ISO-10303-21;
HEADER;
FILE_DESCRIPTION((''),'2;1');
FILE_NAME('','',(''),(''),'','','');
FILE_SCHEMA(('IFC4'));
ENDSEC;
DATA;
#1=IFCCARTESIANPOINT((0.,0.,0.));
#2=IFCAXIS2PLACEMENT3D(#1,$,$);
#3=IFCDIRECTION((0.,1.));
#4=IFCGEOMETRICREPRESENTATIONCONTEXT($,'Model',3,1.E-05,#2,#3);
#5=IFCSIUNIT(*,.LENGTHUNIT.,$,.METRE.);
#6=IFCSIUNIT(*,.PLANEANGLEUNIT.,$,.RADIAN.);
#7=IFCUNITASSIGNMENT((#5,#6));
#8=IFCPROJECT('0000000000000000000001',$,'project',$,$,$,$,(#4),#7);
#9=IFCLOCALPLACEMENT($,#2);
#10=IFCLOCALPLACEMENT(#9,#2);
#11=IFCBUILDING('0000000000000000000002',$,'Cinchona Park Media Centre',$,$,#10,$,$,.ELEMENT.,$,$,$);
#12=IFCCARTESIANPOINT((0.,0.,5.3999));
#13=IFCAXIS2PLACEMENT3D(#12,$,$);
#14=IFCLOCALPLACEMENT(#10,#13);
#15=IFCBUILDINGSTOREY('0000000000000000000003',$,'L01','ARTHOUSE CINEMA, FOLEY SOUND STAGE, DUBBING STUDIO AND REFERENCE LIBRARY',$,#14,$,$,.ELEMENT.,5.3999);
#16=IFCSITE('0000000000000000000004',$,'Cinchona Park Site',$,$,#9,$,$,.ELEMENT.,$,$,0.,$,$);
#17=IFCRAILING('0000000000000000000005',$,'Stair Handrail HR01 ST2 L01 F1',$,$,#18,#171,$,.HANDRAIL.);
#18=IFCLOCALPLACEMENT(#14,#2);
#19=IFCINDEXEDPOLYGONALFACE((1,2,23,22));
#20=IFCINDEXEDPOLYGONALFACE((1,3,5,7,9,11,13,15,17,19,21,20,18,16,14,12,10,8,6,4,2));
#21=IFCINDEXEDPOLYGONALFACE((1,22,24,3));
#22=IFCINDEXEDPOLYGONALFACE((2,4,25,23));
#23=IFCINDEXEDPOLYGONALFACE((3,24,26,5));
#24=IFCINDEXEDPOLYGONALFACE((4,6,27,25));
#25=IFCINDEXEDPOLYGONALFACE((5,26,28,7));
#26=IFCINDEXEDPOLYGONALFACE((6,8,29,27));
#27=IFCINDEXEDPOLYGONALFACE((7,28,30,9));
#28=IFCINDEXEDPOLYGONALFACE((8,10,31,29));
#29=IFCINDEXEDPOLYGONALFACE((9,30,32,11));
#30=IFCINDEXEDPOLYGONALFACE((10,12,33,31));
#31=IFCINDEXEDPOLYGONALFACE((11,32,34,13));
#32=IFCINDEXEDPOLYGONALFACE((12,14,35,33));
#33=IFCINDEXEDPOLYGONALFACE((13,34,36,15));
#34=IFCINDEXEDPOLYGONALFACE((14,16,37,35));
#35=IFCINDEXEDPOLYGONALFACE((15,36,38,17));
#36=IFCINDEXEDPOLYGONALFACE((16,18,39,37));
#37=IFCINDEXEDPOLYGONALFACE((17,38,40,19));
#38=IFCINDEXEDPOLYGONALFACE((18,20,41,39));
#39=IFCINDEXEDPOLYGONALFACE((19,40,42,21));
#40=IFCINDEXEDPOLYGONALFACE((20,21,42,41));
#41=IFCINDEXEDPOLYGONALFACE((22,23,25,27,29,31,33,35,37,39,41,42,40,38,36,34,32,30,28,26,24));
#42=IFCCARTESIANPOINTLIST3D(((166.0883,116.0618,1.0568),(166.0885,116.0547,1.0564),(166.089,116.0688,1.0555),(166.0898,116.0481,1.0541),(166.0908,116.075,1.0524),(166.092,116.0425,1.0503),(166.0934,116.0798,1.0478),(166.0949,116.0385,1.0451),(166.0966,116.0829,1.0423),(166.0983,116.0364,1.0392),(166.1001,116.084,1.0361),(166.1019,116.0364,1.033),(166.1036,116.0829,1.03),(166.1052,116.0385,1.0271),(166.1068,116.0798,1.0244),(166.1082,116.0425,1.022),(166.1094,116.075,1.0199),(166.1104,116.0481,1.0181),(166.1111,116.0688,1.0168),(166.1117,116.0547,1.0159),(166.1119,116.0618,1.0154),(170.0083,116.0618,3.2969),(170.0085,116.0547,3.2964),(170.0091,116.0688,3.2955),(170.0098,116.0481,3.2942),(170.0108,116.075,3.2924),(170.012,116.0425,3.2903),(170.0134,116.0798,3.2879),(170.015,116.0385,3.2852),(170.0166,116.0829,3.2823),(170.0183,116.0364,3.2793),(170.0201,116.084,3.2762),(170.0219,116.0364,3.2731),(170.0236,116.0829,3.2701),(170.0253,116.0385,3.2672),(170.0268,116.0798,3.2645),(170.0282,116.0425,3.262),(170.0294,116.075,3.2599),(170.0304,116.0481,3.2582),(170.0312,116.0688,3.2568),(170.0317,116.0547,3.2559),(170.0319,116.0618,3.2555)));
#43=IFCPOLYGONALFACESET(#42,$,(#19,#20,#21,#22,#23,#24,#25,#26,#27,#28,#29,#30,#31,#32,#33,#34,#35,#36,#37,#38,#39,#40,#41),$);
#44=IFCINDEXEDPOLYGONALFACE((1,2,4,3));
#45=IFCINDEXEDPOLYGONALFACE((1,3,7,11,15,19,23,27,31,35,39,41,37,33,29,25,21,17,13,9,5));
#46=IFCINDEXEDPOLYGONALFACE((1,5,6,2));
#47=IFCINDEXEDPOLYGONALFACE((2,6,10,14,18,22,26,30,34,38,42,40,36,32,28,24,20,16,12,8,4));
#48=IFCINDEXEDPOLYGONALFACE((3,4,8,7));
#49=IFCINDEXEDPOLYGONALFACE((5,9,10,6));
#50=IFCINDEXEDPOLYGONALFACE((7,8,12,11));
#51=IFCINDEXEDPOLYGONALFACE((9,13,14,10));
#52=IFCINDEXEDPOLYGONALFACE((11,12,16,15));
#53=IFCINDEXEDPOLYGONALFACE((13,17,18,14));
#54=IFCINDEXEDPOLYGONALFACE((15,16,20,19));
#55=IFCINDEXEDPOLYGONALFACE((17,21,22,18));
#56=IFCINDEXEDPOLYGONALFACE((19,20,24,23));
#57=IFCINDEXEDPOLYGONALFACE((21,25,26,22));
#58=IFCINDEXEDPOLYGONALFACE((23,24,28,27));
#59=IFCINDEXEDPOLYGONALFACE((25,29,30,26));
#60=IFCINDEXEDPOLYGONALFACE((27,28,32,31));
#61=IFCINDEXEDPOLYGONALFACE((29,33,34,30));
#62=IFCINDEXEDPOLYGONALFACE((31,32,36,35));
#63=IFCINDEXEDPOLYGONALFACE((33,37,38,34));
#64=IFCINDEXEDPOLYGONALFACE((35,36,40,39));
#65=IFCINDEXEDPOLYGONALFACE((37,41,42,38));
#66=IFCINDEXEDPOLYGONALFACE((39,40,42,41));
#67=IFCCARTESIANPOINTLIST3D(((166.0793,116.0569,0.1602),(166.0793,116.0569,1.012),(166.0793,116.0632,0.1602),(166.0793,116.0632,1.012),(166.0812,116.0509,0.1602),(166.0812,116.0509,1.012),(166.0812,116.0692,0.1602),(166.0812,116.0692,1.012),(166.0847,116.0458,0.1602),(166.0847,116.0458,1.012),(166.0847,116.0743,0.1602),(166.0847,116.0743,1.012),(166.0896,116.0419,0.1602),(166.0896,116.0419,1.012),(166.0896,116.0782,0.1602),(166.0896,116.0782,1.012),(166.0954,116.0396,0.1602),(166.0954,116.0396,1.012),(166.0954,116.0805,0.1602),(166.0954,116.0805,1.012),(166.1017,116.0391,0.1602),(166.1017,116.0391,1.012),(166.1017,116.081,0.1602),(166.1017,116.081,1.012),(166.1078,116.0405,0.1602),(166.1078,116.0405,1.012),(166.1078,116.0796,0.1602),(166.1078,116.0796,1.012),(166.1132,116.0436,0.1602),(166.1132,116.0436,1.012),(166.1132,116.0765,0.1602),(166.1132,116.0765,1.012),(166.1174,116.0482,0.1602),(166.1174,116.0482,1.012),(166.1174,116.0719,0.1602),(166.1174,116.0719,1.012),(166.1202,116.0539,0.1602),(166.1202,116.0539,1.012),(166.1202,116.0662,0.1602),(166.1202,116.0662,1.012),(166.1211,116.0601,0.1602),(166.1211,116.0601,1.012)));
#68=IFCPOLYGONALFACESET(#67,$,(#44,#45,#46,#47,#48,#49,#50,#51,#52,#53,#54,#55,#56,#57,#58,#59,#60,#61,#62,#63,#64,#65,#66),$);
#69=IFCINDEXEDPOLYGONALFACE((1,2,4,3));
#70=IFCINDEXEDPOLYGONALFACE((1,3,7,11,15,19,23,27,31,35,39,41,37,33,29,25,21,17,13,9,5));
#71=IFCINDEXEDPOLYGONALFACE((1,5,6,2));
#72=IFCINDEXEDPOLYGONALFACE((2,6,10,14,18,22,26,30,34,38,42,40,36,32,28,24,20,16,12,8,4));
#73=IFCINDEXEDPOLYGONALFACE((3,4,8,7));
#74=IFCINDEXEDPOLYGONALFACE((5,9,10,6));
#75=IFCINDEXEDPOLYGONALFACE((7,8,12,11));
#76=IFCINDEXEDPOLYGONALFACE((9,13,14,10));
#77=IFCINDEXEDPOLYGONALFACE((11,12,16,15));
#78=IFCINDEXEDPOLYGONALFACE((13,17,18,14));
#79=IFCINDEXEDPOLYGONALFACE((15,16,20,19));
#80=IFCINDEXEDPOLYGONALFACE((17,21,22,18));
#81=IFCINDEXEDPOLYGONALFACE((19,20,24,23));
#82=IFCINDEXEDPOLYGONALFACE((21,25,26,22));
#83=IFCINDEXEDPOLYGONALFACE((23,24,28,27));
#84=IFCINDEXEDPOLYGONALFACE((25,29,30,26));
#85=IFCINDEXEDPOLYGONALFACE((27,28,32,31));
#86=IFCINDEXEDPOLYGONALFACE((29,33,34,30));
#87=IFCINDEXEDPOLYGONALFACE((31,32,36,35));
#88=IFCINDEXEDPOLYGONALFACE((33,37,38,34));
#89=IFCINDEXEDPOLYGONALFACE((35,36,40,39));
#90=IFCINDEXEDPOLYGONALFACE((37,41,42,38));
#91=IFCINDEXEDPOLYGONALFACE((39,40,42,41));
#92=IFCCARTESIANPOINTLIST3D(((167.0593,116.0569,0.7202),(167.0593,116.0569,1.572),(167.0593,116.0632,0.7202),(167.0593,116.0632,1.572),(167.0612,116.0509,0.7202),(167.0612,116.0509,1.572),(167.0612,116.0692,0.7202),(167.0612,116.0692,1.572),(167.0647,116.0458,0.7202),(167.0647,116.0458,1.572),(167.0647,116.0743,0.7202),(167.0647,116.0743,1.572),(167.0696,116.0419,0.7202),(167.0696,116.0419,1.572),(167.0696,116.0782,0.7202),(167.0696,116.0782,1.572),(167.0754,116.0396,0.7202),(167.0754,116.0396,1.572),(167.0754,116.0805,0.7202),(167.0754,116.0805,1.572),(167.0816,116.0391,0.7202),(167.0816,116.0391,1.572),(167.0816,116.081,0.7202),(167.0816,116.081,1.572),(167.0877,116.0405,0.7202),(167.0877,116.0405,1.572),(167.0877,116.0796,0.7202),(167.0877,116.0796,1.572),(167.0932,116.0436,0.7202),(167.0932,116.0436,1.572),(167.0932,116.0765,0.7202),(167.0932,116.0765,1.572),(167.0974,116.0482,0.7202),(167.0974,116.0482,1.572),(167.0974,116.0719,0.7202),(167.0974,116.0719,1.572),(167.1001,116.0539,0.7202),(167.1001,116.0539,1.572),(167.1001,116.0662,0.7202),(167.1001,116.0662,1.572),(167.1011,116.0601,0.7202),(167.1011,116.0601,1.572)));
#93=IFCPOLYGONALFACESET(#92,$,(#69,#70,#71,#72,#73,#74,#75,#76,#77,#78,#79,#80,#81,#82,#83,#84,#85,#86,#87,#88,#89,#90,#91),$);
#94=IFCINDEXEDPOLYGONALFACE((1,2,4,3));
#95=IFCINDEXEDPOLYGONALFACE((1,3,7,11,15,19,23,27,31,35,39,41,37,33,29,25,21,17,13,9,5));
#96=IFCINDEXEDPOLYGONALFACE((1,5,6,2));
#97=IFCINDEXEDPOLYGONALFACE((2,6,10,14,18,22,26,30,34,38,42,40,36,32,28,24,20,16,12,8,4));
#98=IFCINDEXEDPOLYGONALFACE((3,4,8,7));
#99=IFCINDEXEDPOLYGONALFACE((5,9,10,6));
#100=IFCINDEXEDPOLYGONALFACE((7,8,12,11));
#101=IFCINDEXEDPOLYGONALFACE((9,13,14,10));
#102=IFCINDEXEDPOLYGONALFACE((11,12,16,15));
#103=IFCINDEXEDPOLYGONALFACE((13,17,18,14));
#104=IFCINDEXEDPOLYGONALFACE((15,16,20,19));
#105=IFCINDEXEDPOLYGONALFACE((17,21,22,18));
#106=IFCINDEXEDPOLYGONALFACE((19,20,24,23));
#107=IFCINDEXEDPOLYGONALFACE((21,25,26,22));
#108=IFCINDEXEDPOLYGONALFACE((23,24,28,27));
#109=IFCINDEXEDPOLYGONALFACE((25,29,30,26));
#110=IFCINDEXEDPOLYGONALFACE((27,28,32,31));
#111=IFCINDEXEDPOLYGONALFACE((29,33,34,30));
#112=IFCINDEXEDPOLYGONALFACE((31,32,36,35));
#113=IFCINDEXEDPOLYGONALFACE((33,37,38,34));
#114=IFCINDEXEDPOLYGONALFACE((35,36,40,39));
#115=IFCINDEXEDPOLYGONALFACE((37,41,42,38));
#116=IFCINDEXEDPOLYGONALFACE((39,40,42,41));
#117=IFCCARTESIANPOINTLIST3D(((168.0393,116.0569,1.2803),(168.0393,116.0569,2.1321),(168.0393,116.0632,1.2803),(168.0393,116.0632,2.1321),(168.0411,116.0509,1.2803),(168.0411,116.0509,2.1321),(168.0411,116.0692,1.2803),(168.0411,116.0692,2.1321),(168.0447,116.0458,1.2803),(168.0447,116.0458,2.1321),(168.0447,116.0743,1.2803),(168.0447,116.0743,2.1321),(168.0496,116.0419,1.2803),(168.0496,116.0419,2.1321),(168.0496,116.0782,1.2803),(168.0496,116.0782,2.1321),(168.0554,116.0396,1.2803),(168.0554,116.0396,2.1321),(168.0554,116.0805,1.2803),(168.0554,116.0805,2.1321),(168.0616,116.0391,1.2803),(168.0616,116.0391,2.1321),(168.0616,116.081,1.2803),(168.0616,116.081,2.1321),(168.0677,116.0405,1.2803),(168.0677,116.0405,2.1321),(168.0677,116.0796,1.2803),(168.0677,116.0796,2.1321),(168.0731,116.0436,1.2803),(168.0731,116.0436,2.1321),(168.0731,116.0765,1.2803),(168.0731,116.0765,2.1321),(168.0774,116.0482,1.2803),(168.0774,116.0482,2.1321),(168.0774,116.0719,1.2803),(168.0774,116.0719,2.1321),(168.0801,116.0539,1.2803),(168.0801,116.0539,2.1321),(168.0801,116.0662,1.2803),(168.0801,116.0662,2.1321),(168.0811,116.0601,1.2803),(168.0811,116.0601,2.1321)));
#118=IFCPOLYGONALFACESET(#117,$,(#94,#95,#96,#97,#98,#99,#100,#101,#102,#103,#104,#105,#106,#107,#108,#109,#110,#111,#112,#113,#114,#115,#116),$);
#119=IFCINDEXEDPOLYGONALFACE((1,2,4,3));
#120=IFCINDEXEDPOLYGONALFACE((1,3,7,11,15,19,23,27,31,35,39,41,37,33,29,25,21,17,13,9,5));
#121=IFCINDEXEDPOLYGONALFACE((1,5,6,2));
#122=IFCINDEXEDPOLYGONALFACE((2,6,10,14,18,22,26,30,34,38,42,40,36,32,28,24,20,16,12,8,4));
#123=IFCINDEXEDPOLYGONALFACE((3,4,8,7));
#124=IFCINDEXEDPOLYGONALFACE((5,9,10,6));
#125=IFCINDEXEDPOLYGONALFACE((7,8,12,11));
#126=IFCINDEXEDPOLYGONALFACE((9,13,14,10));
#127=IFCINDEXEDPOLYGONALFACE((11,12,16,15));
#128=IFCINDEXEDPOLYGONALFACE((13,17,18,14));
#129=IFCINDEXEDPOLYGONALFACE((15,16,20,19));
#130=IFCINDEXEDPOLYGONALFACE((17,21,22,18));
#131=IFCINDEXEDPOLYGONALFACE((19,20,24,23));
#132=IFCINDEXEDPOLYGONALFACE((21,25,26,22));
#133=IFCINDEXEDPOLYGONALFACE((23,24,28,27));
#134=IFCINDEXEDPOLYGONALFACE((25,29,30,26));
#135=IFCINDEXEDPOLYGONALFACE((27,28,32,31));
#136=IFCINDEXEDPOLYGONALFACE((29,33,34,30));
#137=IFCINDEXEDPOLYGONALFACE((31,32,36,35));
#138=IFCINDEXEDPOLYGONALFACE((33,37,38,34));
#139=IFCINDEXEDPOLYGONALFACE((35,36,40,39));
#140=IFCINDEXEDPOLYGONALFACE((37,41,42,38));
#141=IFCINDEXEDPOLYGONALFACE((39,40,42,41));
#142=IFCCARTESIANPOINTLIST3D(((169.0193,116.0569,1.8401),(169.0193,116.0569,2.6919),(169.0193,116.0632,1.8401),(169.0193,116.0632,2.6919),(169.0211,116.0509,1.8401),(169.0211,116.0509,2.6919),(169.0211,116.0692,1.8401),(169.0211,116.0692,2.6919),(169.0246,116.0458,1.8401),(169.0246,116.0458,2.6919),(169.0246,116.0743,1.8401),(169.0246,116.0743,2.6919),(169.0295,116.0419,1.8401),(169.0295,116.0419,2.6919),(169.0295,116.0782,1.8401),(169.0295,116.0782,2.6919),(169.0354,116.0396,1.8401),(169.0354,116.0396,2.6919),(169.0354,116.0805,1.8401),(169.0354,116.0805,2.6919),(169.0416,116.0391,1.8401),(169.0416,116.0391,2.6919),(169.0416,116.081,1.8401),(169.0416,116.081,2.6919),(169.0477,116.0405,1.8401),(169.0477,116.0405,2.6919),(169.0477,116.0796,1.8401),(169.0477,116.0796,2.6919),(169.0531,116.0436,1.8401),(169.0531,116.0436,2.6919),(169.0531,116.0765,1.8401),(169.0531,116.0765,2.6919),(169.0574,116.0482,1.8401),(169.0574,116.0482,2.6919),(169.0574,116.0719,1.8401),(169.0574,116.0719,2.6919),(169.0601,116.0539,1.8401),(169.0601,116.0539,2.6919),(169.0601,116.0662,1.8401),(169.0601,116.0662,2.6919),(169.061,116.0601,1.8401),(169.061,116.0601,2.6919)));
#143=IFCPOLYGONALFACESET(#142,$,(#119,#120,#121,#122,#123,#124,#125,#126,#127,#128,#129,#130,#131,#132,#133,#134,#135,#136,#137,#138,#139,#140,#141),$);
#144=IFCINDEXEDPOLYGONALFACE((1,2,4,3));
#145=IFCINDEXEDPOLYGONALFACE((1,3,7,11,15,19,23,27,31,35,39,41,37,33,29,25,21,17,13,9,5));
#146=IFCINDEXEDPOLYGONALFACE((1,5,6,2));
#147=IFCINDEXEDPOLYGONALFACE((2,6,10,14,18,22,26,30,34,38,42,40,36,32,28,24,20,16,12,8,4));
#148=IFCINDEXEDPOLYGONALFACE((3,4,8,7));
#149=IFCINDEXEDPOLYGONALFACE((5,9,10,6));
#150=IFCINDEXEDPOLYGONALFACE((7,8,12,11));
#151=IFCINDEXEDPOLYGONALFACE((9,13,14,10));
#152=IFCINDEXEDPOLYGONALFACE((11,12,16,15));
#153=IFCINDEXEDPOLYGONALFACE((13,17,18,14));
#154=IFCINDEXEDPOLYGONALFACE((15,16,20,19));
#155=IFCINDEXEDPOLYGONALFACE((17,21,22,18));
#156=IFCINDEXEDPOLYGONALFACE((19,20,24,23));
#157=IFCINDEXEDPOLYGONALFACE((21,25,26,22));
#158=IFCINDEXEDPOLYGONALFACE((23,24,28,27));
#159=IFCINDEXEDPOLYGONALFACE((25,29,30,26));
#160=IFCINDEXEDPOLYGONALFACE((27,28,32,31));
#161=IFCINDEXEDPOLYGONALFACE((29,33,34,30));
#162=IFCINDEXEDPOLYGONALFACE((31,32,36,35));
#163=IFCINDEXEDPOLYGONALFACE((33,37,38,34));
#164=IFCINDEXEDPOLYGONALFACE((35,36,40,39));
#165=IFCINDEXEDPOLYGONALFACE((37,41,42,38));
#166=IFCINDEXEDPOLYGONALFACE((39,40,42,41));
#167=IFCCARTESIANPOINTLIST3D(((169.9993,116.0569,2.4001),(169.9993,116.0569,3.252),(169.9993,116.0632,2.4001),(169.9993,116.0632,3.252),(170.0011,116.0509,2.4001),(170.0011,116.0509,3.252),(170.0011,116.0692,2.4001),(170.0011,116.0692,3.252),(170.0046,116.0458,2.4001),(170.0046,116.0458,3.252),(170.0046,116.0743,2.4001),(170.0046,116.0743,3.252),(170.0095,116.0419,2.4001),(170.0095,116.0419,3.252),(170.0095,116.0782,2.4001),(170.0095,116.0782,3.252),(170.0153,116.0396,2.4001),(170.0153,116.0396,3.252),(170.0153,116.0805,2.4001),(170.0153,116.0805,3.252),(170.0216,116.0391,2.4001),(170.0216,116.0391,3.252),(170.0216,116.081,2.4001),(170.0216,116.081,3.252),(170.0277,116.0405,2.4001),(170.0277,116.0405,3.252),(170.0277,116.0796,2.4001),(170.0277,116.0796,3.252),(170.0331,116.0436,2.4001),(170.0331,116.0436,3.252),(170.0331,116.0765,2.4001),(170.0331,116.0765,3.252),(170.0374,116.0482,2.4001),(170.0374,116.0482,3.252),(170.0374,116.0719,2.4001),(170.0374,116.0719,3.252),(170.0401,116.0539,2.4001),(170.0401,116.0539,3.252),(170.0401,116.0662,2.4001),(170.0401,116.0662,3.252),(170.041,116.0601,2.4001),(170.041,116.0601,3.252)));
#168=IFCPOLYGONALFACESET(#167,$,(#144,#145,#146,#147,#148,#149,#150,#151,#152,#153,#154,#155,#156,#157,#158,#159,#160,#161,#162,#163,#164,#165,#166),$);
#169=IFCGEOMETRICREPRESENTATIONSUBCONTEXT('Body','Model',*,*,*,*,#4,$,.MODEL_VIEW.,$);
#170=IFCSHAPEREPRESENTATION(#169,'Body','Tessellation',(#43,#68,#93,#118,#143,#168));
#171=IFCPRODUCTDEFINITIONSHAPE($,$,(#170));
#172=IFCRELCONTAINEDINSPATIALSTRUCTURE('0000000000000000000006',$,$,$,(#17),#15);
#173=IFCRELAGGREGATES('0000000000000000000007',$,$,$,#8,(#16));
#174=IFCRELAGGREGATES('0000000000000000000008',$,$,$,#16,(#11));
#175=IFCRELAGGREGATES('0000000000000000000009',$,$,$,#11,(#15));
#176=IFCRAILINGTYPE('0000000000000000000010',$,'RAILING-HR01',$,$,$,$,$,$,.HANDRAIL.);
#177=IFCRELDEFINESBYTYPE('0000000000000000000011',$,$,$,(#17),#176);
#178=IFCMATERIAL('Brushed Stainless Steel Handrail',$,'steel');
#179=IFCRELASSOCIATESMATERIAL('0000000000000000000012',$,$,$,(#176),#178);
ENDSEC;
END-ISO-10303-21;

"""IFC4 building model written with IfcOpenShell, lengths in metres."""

from ifc_helpers import new_model, si_unit, direction, frame, origin, origin_2d, place, context, subcontext, project, spatial, circle, extrude, material, type_object, element, save


model = new_model("IFC4")

# Units and contexts
model_context = context("Model", 3, precision=1e-05, world=origin(), true_north=direction((0.0, 1.0)))
body_context = subcontext(model_context, "Body", "Model", "MODEL_VIEW")
ifc_project = project(units=[si_unit("LENGTHUNIT", "METRE"), si_unit("PLANEANGLEUNIT", "RADIAN")], contexts=[model_context])

# Site, building, storey
site_placement = place(None, origin())
site = spatial("IfcSite", under=ifc_project, at=site_placement, Name="Cinchona Park Site", CompositionType="ELEMENT", RefElevation=0.0)
building_placement = place(site_placement, origin())
building = spatial("IfcBuilding", under=site, at=building_placement, Name="Cinchona Park Media Centre", CompositionType="ELEMENT")
storey_placement = place(building_placement, frame((0.0, 0.0, 5.3999)))
storey = spatial("IfcBuildingStorey", under=building, at=storey_placement, Name="L01", Description="ARTHOUSE CINEMA, FOLEY SOUND STAGE, DUBBING STUDIO AND REFERENCE LIBRARY", CompositionType="ELEMENT", Elevation=5.3999)

# Railing
ifc_material_1 = material(Name="Brushed Stainless Steel Handrail", Category="steel")
railing_type_1 = type_object("IfcRailingType", Name="RAILING-HR01", PredefinedType="HANDRAIL", material=ifc_material_1)
railing_1_placement = place(storey_placement, frame((166.1001, 116.0601, 0.1602)))
element("IfcRailing", 1, at=railing_1_placement, inside=storey, type_object=railing_type_1, Name="Stair Handrail HR01 ST2 L01 F1", PredefinedType="HANDRAIL", context=body_context, shape_type="SweptSolid", body=[
    extrude(circle(Radius=0.0239, at=origin_2d()), frame((0.0, 0.0, 0.876), z_axis=(0.86824, 0.0, 0.496145), x_axis=(0.0, 1.0, 0.0)), (0.0, 0.0, 1.0), 4.5149),
    extrude(circle(Radius=0.021, at=origin_2d()), origin(), (0.0, 0.0, 1.0), 0.8518),
    extrude(circle(Radius=0.021, at=origin_2d()), frame((0.98, 0.0, 0.5601)), (0.0, 0.0, 1.0), 0.8518),
    extrude(circle(Radius=0.021, at=origin_2d()), frame((1.96, 0.0, 1.1201)), (0.0, 0.0, 1.0), 0.8518),
    extrude(circle(Radius=0.021, at=origin_2d()), frame((2.9399, 0.0, 1.6799)), (0.0, 0.0, 1.0), 0.8518),
    extrude(circle(Radius=0.021, at=origin_2d()), frame((3.9199, 0.0, 2.24)), (0.0, 0.0, 1.0), 0.8518),
])

save(model, "model.ifc")
